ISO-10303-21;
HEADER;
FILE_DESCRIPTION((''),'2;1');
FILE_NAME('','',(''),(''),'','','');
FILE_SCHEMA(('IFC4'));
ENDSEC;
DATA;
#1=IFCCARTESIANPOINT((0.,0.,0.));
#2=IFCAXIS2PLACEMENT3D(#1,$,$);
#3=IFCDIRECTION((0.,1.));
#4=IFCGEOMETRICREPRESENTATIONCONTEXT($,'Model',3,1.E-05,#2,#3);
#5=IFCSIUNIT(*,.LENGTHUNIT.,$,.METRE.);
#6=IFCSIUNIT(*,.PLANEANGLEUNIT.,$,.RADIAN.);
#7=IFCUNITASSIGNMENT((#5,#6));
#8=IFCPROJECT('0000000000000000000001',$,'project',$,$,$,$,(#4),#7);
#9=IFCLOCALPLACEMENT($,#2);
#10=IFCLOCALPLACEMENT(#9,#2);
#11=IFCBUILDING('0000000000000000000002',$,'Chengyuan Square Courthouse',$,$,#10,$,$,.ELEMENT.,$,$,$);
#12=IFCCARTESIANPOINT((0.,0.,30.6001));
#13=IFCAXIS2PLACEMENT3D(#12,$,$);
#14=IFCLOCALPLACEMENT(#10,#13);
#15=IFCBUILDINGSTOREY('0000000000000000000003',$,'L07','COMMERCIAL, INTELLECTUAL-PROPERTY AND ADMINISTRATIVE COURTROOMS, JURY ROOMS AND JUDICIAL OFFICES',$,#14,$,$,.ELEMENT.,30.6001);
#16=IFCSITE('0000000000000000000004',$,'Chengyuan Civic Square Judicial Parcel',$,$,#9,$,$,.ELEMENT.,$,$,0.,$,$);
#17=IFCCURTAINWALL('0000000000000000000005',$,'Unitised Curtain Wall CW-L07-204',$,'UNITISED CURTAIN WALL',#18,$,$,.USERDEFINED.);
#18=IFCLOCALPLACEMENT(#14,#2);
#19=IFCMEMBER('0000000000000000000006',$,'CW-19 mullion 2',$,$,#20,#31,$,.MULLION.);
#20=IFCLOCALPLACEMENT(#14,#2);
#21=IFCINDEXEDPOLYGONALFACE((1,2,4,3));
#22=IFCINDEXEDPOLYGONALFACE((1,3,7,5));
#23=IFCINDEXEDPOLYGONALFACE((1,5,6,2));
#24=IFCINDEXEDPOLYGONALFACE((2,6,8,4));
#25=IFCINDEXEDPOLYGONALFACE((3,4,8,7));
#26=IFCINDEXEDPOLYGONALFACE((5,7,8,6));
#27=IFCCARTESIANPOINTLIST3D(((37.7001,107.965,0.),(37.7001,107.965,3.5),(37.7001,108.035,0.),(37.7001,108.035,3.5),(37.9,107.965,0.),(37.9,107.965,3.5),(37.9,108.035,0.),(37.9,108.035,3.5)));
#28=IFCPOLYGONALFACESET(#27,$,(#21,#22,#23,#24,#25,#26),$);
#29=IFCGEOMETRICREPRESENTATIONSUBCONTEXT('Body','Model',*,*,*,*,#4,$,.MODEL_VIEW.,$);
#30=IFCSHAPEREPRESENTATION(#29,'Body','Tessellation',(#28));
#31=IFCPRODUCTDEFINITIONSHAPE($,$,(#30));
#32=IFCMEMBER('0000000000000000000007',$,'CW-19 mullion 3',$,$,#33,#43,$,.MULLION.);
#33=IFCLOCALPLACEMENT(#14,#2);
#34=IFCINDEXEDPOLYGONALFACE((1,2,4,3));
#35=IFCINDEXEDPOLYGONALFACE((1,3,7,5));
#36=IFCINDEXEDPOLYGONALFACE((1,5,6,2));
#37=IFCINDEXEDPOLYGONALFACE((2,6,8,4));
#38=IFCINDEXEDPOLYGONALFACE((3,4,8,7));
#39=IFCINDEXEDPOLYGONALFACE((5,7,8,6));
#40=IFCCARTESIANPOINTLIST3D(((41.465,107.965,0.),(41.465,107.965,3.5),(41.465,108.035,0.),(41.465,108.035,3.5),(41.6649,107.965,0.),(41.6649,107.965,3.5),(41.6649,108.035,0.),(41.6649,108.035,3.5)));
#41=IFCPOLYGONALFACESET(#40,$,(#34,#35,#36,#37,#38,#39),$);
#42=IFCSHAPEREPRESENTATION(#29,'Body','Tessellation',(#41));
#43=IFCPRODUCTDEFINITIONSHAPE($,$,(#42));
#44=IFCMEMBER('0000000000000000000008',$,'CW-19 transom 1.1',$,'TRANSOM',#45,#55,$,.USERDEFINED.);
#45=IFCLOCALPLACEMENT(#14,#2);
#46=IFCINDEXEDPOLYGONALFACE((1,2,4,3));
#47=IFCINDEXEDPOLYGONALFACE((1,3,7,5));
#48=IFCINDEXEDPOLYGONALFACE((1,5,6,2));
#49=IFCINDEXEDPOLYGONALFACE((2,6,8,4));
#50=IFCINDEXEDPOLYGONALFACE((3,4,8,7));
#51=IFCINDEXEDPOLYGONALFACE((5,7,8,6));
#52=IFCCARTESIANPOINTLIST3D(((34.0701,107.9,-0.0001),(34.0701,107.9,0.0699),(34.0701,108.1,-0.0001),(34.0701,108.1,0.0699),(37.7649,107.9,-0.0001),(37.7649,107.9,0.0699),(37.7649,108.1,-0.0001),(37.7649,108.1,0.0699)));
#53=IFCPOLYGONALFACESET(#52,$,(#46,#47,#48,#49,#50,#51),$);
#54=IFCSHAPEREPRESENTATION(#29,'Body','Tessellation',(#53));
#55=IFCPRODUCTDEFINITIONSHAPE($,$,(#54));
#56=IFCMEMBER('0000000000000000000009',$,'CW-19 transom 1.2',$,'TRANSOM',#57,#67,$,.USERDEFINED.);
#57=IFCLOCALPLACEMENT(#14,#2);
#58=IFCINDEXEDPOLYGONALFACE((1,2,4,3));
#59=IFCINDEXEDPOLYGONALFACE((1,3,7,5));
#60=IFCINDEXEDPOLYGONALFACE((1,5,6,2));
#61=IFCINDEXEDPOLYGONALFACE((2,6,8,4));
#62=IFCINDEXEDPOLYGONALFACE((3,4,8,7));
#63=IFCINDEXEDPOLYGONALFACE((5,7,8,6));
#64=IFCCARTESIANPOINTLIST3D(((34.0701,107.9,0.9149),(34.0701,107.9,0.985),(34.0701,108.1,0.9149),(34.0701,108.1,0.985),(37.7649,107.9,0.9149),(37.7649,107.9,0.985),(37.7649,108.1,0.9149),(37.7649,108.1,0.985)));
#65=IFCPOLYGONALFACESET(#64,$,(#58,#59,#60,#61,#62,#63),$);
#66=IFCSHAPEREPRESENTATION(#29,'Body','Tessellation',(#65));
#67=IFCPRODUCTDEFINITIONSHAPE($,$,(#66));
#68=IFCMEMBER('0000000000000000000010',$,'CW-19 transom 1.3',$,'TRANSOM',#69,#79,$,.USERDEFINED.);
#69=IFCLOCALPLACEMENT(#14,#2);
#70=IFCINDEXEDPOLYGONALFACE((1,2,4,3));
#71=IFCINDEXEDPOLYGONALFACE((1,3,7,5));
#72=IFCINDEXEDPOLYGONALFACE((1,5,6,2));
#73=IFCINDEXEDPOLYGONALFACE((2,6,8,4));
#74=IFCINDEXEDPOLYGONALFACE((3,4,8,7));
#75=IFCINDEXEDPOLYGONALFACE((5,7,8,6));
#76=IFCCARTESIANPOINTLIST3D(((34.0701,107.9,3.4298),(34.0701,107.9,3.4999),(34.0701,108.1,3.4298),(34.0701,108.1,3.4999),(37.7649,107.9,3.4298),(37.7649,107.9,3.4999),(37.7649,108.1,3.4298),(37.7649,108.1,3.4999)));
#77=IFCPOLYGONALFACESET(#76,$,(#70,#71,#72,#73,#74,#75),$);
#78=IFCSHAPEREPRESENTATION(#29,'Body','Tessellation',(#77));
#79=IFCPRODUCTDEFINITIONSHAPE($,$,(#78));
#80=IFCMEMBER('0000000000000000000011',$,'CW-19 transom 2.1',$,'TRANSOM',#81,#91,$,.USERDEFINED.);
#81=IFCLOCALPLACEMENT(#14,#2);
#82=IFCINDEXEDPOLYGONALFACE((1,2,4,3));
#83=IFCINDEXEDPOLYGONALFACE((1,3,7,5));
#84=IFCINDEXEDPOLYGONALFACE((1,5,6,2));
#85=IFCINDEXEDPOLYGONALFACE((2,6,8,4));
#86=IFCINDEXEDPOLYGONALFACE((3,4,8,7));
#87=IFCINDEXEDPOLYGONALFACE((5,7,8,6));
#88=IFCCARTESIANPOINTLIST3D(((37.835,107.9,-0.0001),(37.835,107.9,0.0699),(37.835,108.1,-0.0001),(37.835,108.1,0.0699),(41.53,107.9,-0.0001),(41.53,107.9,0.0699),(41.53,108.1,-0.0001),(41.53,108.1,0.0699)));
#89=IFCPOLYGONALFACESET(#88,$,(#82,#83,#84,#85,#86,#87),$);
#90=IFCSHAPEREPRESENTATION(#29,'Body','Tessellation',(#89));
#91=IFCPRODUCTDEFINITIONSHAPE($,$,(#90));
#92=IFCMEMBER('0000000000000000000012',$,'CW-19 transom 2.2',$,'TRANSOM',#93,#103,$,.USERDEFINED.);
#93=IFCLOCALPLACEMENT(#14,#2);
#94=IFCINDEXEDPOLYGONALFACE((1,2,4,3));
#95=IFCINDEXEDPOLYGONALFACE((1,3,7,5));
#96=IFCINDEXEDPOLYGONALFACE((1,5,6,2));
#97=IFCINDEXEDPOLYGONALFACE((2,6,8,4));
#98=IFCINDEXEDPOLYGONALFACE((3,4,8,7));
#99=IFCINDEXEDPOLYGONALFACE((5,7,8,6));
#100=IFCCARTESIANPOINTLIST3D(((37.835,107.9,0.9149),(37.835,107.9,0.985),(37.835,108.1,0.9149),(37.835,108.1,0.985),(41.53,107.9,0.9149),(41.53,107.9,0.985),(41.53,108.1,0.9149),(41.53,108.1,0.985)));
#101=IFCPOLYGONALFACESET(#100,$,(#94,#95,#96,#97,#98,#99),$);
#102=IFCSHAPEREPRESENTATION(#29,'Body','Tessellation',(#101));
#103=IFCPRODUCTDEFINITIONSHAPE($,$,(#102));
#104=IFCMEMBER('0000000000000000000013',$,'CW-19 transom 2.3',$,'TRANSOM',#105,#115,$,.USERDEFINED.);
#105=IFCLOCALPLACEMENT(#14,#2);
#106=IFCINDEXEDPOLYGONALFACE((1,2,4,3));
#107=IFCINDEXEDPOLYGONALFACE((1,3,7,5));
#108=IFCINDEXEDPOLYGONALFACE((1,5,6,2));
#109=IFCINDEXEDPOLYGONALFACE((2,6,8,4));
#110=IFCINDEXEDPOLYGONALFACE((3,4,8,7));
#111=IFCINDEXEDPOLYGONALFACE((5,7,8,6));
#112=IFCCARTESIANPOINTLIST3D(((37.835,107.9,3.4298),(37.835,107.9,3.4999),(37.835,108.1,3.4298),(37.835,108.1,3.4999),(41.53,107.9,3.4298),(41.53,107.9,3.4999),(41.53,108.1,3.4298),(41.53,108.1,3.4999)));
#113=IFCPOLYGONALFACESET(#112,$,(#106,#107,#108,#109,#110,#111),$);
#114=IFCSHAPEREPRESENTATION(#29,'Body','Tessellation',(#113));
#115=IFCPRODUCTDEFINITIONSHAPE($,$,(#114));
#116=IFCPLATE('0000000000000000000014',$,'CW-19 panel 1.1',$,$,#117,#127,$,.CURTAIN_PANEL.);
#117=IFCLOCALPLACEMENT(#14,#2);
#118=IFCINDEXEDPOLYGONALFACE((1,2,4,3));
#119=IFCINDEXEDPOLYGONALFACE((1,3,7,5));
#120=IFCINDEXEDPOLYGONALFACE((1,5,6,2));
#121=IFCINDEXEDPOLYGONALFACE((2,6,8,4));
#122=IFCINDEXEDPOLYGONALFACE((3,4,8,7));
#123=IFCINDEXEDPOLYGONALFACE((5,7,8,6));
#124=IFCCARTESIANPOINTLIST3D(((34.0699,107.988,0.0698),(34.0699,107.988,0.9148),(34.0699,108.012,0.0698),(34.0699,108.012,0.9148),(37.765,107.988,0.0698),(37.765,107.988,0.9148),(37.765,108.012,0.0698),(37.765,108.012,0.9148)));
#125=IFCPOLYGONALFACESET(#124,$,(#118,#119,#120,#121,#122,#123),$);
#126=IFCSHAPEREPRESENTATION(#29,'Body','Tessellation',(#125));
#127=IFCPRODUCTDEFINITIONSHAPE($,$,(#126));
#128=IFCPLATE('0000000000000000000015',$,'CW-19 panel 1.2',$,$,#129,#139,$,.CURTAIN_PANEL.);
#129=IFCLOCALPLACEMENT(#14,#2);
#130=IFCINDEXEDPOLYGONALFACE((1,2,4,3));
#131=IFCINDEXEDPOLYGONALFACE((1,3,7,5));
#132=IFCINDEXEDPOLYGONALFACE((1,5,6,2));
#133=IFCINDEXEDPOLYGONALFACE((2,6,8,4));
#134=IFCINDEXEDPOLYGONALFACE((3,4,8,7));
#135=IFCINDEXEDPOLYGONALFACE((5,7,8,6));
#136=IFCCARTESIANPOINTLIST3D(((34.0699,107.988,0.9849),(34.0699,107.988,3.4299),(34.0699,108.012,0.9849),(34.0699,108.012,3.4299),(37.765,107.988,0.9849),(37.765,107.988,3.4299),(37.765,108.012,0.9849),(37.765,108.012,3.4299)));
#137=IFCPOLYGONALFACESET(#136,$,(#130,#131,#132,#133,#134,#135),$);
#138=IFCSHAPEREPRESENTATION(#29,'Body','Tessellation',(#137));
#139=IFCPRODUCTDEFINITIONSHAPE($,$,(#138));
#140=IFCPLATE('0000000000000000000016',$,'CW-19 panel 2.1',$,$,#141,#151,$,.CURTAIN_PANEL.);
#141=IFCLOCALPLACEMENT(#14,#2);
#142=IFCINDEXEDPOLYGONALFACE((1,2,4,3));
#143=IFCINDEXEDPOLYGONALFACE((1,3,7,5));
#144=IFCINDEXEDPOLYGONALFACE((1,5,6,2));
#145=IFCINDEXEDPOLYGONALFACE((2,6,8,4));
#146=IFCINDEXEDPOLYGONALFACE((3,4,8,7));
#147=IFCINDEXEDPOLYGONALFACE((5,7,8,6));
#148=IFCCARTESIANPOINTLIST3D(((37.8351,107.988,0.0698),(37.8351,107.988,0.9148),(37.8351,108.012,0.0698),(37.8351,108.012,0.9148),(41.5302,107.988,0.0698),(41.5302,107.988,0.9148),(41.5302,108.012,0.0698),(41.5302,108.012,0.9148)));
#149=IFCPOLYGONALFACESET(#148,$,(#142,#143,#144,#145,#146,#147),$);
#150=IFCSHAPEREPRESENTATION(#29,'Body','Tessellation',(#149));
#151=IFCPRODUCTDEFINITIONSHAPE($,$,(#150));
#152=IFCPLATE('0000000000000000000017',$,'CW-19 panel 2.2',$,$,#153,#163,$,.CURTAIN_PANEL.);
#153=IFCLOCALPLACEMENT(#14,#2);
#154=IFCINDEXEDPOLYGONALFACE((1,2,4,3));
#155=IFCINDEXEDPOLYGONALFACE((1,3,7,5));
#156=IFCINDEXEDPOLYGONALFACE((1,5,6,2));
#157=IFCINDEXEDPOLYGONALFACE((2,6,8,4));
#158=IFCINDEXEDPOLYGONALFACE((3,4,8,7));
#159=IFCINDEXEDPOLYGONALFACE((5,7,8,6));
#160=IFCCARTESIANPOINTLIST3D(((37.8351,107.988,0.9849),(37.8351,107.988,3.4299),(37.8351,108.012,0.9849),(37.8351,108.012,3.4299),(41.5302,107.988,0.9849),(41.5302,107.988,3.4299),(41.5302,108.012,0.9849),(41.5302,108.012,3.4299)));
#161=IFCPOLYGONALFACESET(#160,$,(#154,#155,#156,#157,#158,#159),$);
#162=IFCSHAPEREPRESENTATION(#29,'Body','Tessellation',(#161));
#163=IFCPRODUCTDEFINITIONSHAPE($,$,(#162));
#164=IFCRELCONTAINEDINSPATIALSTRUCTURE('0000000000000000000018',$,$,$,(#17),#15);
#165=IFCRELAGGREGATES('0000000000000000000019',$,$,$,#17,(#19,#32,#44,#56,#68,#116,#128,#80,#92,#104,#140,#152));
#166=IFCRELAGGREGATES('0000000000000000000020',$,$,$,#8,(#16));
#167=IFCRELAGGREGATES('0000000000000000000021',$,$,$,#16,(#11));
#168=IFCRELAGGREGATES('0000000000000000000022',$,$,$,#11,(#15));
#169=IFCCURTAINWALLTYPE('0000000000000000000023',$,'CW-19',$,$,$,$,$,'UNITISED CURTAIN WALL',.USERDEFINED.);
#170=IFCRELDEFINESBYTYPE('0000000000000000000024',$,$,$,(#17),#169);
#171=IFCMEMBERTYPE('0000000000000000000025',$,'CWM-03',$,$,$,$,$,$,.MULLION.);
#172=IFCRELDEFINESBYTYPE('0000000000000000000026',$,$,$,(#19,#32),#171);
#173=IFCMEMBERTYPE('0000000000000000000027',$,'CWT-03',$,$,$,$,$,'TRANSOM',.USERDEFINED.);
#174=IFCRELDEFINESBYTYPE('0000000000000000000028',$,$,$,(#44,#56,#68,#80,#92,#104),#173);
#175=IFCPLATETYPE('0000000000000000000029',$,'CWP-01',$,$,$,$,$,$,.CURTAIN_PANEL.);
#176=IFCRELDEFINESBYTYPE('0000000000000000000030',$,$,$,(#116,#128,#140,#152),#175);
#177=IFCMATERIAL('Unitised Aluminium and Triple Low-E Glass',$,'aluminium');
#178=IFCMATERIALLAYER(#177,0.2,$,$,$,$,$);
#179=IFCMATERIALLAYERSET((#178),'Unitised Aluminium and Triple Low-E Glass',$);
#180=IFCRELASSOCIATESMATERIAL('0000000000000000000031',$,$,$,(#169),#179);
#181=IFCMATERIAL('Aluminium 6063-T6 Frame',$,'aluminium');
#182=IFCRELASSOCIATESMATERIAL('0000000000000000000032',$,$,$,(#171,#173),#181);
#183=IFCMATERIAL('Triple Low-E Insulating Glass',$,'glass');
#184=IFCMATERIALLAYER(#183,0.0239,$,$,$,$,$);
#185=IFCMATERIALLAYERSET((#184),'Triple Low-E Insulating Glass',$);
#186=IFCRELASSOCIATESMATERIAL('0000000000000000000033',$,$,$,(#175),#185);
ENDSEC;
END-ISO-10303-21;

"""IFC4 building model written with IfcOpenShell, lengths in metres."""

from ifc_helpers import new_model, si_unit, direction, frame, origin, origin_2d, place, context, subcontext, project, spatial, rectangle, extrude, material, layer, layer_set, material_profile, profile_set, type_object, element, aggregate, save


model = new_model("IFC4")

# Units and contexts
model_context = context("Model", 3, precision=1e-05, world=origin(), true_north=direction((0.0, 1.0)))
body_context = subcontext(model_context, "Body", "Model", "MODEL_VIEW")
ifc_project = project(units=[si_unit("LENGTHUNIT", "METRE"), si_unit("PLANEANGLEUNIT", "RADIAN")], contexts=[model_context])

# Site, building, storey
site_placement = place(None, origin())
site = spatial("IfcSite", under=ifc_project, at=site_placement, Name="Chengyuan Civic Square Judicial Parcel", CompositionType="ELEMENT", RefElevation=0.0)
building_placement = place(site_placement, origin())
building = spatial("IfcBuilding", under=site, at=building_placement, Name="Chengyuan Square Courthouse", CompositionType="ELEMENT")
storey_placement = place(building_placement, frame((0.0, 0.0, 30.6001)))
storey = spatial("IfcBuildingStorey", under=building, at=storey_placement, Name="L07", Description="COMMERCIAL, INTELLECTUAL-PROPERTY AND ADMINISTRATIVE COURTROOMS, JURY ROOMS AND JUDICIAL OFFICES", CompositionType="ELEMENT", Elevation=30.6001)

# Curtain wall, members, plates
ifc_material_1 = material(Name="Unitised Aluminium and Triple Low-E Glass", Category="aluminium")
ifc_layer_1 = layer(ifc_material_1, 0.2)
ifc_layer_set_1 = layer_set([ifc_layer_1], Name="Unitised Aluminium and Triple Low-E Glass")
curtain_wall_type = type_object("IfcCurtainWallType", Name="CW-19", ElementType="UNITISED CURTAIN WALL", PredefinedType="USERDEFINED", material=ifc_layer_set_1)
curtain_wall_placement = place(storey_placement, origin())
curtain_wall = element("IfcCurtainWall", 1, at=curtain_wall_placement, inside=storey, type_object=curtain_wall_type, Name="Unitised Curtain Wall CW-L07-204", ObjectType="UNITISED CURTAIN WALL", PredefinedType="USERDEFINED")
ifc_material_2 = material(Name="Aluminium 6063-T6 Frame", Category="aluminium")
ifc_material_profile_1 = material_profile(ifc_material_2, rectangle(XDim=0.0701, YDim=0.2, at=origin_2d()), Name="CW-MUL-70x200")
ifc_profile_set_1 = profile_set([ifc_material_profile_1], Name="Aluminium 6063-T6 Frame")
member_type_1 = type_object("IfcMemberType", Name="CWM-03", PredefinedType="MULLION", material=ifc_profile_set_1)
member_1_placement = place(storey_placement, frame((37.8, 108.0, 0.0), z_axis=(0.0, 0.0, 1.0), x_axis=(0.0, 1.0, 0.0)))
member_1 = element("IfcMember", 2, at=member_1_placement, type_object=member_type_1, Name="CW-19 mullion 2", PredefinedType="MULLION", context=body_context, shape_type="SweptSolid", body=[
    extrude(rectangle(XDim=0.0701, YDim=0.2, at=origin_2d()), origin(), (0.0, 0.0, 1.0), 3.5),
])
member_2_placement = place(storey_placement, frame((41.5649, 108.0, 0.0), z_axis=(0.0, 0.0, 1.0), x_axis=(0.0, 1.0, 0.0)))
member_2 = element("IfcMember", 3, at=member_2_placement, type_object=member_type_1, Name="CW-19 mullion 3", PredefinedType="MULLION", context=body_context, shape_type="SweptSolid", body=[
    extrude(rectangle(XDim=0.0701, YDim=0.2, at=origin_2d()), origin(), (0.0, 0.0, 1.0), 3.5),
])
ifc_material_profile_2 = material_profile(ifc_material_2, rectangle(XDim=0.2, YDim=0.0701, at=origin_2d()), Name="CW-TRN-70x160")
ifc_profile_set_2 = profile_set([ifc_material_profile_2], Name="Aluminium 6063-T6 Frame")
member_type_2 = type_object("IfcMemberType", Name="CWT-03", ElementType="TRANSOM", PredefinedType="USERDEFINED", material=ifc_profile_set_2)
member_3_placement = place(storey_placement, frame((34.0701, 108.0, 0.0349), z_axis=(1.0, 0.0, 0.0), x_axis=(0.0, 1.0, 0.0)))
member_3 = element("IfcMember", 4, at=member_3_placement, type_object=member_type_2, Name="CW-19 transom 1.1", ObjectType="TRANSOM", PredefinedType="USERDEFINED", context=body_context, shape_type="SweptSolid", body=[
    extrude(rectangle(XDim=0.2, YDim=0.0701, at=origin_2d()), origin(), (0.0, 0.0, 1.0), 3.6948),
])
member_4_placement = place(storey_placement, frame((34.0701, 108.0, 0.95), z_axis=(1.0, 0.0, 0.0), x_axis=(0.0, 1.0, 0.0)))
member_4 = element("IfcMember", 5, at=member_4_placement, type_object=member_type_2, Name="CW-19 transom 1.2", ObjectType="TRANSOM", PredefinedType="USERDEFINED", context=body_context, shape_type="SweptSolid", body=[
    extrude(rectangle(XDim=0.2, YDim=0.0701, at=origin_2d()), origin(), (0.0, 0.0, 1.0), 3.6948),
])
member_5_placement = place(storey_placement, frame((34.0701, 108.0, 3.4648), z_axis=(1.0, 0.0, 0.0), x_axis=(0.0, 1.0, 0.0)))
member_5 = element("IfcMember", 6, at=member_5_placement, type_object=member_type_2, Name="CW-19 transom 1.3", ObjectType="TRANSOM", PredefinedType="USERDEFINED", context=body_context, shape_type="SweptSolid", body=[
    extrude(rectangle(XDim=0.2, YDim=0.0701, at=origin_2d()), origin(), (0.0, 0.0, 1.0), 3.6948),
])
member_6_placement = place(storey_placement, frame((37.835, 108.0, 0.0349), z_axis=(1.0, 0.0, 0.0), x_axis=(0.0, 1.0, 0.0)))
member_6 = element("IfcMember", 7, at=member_6_placement, type_object=member_type_2, Name="CW-19 transom 2.1", ObjectType="TRANSOM", PredefinedType="USERDEFINED", context=body_context, shape_type="SweptSolid", body=[
    extrude(rectangle(XDim=0.2, YDim=0.0701, at=origin_2d()), origin(), (0.0, 0.0, 1.0), 3.6951),
])
member_7_placement = place(storey_placement, frame((37.835, 108.0, 0.95), z_axis=(1.0, 0.0, 0.0), x_axis=(0.0, 1.0, 0.0)))
member_7 = element("IfcMember", 8, at=member_7_placement, type_object=member_type_2, Name="CW-19 transom 2.2", ObjectType="TRANSOM", PredefinedType="USERDEFINED", context=body_context, shape_type="SweptSolid", body=[
    extrude(rectangle(XDim=0.2, YDim=0.0701, at=origin_2d()), origin(), (0.0, 0.0, 1.0), 3.6951),
])
member_8_placement = place(storey_placement, frame((37.835, 108.0, 3.4648), z_axis=(1.0, 0.0, 0.0), x_axis=(0.0, 1.0, 0.0)))
member_8 = element("IfcMember", 9, at=member_8_placement, type_object=member_type_2, Name="CW-19 transom 2.3", ObjectType="TRANSOM", PredefinedType="USERDEFINED", context=body_context, shape_type="SweptSolid", body=[
    extrude(rectangle(XDim=0.2, YDim=0.0701, at=origin_2d()), origin(), (0.0, 0.0, 1.0), 3.6951),
])
ifc_material_3 = material(Name="Triple Low-E Insulating Glass", Category="glass")
ifc_layer_2 = layer(ifc_material_3, 0.0239)
ifc_layer_set_2 = layer_set([ifc_layer_2], Name="Triple Low-E Insulating Glass")
plate_type = type_object("IfcPlateType", Name="CWP-01", PredefinedType="CURTAIN_PANEL", material=ifc_layer_set_2)
plate_1_placement = place(storey_placement, frame((35.9175, 108.0, 0.0698), z_axis=(0.0, 0.0, 1.0), x_axis=(1.0, 0.0, 0.0)))
plate_1 = element("IfcPlate", 10, at=plate_1_placement, type_object=plate_type, Name="CW-19 panel 1.1", PredefinedType="CURTAIN_PANEL", context=body_context, shape_type="SweptSolid", body=[
    extrude(rectangle(XDim=3.6951, YDim=0.0239, at=origin_2d()), origin(), (0.0, 0.0, 1.0), 0.845),
])
plate_2_placement = place(storey_placement, frame((35.9175, 108.0, 0.9849), z_axis=(0.0, 0.0, 1.0), x_axis=(1.0, 0.0, 0.0)))
plate_2 = element("IfcPlate", 11, at=plate_2_placement, type_object=plate_type, Name="CW-19 panel 1.2", PredefinedType="CURTAIN_PANEL", context=body_context, shape_type="SweptSolid", body=[
    extrude(rectangle(XDim=3.6951, YDim=0.0239, at=origin_2d()), origin(), (0.0, 0.0, 1.0), 2.4451),
])
plate_3_placement = place(storey_placement, frame((39.6826, 108.0, 0.0698), z_axis=(0.0, 0.0, 1.0), x_axis=(1.0, 0.0, 0.0)))
plate_3 = element("IfcPlate", 12, at=plate_3_placement, type_object=plate_type, Name="CW-19 panel 2.1", PredefinedType="CURTAIN_PANEL", context=body_context, shape_type="SweptSolid", body=[
    extrude(rectangle(XDim=3.6951, YDim=0.0239, at=origin_2d()), origin(), (0.0, 0.0, 1.0), 0.845),
])
plate_4_placement = place(storey_placement, frame((39.6826, 108.0, 0.9849), z_axis=(0.0, 0.0, 1.0), x_axis=(1.0, 0.0, 0.0)))
plate_4 = element("IfcPlate", 13, at=plate_4_placement, type_object=plate_type, Name="CW-19 panel 2.2", PredefinedType="CURTAIN_PANEL", context=body_context, shape_type="SweptSolid", body=[
    extrude(rectangle(XDim=3.6951, YDim=0.0239, at=origin_2d()), origin(), (0.0, 0.0, 1.0), 2.4451),
])
aggregate(curtain_wall, [member_1, member_2, member_3, member_4, member_5, plate_1, plate_2, member_6, member_7, member_8, plate_3, plate_4])

save(model, "model.ifc")
